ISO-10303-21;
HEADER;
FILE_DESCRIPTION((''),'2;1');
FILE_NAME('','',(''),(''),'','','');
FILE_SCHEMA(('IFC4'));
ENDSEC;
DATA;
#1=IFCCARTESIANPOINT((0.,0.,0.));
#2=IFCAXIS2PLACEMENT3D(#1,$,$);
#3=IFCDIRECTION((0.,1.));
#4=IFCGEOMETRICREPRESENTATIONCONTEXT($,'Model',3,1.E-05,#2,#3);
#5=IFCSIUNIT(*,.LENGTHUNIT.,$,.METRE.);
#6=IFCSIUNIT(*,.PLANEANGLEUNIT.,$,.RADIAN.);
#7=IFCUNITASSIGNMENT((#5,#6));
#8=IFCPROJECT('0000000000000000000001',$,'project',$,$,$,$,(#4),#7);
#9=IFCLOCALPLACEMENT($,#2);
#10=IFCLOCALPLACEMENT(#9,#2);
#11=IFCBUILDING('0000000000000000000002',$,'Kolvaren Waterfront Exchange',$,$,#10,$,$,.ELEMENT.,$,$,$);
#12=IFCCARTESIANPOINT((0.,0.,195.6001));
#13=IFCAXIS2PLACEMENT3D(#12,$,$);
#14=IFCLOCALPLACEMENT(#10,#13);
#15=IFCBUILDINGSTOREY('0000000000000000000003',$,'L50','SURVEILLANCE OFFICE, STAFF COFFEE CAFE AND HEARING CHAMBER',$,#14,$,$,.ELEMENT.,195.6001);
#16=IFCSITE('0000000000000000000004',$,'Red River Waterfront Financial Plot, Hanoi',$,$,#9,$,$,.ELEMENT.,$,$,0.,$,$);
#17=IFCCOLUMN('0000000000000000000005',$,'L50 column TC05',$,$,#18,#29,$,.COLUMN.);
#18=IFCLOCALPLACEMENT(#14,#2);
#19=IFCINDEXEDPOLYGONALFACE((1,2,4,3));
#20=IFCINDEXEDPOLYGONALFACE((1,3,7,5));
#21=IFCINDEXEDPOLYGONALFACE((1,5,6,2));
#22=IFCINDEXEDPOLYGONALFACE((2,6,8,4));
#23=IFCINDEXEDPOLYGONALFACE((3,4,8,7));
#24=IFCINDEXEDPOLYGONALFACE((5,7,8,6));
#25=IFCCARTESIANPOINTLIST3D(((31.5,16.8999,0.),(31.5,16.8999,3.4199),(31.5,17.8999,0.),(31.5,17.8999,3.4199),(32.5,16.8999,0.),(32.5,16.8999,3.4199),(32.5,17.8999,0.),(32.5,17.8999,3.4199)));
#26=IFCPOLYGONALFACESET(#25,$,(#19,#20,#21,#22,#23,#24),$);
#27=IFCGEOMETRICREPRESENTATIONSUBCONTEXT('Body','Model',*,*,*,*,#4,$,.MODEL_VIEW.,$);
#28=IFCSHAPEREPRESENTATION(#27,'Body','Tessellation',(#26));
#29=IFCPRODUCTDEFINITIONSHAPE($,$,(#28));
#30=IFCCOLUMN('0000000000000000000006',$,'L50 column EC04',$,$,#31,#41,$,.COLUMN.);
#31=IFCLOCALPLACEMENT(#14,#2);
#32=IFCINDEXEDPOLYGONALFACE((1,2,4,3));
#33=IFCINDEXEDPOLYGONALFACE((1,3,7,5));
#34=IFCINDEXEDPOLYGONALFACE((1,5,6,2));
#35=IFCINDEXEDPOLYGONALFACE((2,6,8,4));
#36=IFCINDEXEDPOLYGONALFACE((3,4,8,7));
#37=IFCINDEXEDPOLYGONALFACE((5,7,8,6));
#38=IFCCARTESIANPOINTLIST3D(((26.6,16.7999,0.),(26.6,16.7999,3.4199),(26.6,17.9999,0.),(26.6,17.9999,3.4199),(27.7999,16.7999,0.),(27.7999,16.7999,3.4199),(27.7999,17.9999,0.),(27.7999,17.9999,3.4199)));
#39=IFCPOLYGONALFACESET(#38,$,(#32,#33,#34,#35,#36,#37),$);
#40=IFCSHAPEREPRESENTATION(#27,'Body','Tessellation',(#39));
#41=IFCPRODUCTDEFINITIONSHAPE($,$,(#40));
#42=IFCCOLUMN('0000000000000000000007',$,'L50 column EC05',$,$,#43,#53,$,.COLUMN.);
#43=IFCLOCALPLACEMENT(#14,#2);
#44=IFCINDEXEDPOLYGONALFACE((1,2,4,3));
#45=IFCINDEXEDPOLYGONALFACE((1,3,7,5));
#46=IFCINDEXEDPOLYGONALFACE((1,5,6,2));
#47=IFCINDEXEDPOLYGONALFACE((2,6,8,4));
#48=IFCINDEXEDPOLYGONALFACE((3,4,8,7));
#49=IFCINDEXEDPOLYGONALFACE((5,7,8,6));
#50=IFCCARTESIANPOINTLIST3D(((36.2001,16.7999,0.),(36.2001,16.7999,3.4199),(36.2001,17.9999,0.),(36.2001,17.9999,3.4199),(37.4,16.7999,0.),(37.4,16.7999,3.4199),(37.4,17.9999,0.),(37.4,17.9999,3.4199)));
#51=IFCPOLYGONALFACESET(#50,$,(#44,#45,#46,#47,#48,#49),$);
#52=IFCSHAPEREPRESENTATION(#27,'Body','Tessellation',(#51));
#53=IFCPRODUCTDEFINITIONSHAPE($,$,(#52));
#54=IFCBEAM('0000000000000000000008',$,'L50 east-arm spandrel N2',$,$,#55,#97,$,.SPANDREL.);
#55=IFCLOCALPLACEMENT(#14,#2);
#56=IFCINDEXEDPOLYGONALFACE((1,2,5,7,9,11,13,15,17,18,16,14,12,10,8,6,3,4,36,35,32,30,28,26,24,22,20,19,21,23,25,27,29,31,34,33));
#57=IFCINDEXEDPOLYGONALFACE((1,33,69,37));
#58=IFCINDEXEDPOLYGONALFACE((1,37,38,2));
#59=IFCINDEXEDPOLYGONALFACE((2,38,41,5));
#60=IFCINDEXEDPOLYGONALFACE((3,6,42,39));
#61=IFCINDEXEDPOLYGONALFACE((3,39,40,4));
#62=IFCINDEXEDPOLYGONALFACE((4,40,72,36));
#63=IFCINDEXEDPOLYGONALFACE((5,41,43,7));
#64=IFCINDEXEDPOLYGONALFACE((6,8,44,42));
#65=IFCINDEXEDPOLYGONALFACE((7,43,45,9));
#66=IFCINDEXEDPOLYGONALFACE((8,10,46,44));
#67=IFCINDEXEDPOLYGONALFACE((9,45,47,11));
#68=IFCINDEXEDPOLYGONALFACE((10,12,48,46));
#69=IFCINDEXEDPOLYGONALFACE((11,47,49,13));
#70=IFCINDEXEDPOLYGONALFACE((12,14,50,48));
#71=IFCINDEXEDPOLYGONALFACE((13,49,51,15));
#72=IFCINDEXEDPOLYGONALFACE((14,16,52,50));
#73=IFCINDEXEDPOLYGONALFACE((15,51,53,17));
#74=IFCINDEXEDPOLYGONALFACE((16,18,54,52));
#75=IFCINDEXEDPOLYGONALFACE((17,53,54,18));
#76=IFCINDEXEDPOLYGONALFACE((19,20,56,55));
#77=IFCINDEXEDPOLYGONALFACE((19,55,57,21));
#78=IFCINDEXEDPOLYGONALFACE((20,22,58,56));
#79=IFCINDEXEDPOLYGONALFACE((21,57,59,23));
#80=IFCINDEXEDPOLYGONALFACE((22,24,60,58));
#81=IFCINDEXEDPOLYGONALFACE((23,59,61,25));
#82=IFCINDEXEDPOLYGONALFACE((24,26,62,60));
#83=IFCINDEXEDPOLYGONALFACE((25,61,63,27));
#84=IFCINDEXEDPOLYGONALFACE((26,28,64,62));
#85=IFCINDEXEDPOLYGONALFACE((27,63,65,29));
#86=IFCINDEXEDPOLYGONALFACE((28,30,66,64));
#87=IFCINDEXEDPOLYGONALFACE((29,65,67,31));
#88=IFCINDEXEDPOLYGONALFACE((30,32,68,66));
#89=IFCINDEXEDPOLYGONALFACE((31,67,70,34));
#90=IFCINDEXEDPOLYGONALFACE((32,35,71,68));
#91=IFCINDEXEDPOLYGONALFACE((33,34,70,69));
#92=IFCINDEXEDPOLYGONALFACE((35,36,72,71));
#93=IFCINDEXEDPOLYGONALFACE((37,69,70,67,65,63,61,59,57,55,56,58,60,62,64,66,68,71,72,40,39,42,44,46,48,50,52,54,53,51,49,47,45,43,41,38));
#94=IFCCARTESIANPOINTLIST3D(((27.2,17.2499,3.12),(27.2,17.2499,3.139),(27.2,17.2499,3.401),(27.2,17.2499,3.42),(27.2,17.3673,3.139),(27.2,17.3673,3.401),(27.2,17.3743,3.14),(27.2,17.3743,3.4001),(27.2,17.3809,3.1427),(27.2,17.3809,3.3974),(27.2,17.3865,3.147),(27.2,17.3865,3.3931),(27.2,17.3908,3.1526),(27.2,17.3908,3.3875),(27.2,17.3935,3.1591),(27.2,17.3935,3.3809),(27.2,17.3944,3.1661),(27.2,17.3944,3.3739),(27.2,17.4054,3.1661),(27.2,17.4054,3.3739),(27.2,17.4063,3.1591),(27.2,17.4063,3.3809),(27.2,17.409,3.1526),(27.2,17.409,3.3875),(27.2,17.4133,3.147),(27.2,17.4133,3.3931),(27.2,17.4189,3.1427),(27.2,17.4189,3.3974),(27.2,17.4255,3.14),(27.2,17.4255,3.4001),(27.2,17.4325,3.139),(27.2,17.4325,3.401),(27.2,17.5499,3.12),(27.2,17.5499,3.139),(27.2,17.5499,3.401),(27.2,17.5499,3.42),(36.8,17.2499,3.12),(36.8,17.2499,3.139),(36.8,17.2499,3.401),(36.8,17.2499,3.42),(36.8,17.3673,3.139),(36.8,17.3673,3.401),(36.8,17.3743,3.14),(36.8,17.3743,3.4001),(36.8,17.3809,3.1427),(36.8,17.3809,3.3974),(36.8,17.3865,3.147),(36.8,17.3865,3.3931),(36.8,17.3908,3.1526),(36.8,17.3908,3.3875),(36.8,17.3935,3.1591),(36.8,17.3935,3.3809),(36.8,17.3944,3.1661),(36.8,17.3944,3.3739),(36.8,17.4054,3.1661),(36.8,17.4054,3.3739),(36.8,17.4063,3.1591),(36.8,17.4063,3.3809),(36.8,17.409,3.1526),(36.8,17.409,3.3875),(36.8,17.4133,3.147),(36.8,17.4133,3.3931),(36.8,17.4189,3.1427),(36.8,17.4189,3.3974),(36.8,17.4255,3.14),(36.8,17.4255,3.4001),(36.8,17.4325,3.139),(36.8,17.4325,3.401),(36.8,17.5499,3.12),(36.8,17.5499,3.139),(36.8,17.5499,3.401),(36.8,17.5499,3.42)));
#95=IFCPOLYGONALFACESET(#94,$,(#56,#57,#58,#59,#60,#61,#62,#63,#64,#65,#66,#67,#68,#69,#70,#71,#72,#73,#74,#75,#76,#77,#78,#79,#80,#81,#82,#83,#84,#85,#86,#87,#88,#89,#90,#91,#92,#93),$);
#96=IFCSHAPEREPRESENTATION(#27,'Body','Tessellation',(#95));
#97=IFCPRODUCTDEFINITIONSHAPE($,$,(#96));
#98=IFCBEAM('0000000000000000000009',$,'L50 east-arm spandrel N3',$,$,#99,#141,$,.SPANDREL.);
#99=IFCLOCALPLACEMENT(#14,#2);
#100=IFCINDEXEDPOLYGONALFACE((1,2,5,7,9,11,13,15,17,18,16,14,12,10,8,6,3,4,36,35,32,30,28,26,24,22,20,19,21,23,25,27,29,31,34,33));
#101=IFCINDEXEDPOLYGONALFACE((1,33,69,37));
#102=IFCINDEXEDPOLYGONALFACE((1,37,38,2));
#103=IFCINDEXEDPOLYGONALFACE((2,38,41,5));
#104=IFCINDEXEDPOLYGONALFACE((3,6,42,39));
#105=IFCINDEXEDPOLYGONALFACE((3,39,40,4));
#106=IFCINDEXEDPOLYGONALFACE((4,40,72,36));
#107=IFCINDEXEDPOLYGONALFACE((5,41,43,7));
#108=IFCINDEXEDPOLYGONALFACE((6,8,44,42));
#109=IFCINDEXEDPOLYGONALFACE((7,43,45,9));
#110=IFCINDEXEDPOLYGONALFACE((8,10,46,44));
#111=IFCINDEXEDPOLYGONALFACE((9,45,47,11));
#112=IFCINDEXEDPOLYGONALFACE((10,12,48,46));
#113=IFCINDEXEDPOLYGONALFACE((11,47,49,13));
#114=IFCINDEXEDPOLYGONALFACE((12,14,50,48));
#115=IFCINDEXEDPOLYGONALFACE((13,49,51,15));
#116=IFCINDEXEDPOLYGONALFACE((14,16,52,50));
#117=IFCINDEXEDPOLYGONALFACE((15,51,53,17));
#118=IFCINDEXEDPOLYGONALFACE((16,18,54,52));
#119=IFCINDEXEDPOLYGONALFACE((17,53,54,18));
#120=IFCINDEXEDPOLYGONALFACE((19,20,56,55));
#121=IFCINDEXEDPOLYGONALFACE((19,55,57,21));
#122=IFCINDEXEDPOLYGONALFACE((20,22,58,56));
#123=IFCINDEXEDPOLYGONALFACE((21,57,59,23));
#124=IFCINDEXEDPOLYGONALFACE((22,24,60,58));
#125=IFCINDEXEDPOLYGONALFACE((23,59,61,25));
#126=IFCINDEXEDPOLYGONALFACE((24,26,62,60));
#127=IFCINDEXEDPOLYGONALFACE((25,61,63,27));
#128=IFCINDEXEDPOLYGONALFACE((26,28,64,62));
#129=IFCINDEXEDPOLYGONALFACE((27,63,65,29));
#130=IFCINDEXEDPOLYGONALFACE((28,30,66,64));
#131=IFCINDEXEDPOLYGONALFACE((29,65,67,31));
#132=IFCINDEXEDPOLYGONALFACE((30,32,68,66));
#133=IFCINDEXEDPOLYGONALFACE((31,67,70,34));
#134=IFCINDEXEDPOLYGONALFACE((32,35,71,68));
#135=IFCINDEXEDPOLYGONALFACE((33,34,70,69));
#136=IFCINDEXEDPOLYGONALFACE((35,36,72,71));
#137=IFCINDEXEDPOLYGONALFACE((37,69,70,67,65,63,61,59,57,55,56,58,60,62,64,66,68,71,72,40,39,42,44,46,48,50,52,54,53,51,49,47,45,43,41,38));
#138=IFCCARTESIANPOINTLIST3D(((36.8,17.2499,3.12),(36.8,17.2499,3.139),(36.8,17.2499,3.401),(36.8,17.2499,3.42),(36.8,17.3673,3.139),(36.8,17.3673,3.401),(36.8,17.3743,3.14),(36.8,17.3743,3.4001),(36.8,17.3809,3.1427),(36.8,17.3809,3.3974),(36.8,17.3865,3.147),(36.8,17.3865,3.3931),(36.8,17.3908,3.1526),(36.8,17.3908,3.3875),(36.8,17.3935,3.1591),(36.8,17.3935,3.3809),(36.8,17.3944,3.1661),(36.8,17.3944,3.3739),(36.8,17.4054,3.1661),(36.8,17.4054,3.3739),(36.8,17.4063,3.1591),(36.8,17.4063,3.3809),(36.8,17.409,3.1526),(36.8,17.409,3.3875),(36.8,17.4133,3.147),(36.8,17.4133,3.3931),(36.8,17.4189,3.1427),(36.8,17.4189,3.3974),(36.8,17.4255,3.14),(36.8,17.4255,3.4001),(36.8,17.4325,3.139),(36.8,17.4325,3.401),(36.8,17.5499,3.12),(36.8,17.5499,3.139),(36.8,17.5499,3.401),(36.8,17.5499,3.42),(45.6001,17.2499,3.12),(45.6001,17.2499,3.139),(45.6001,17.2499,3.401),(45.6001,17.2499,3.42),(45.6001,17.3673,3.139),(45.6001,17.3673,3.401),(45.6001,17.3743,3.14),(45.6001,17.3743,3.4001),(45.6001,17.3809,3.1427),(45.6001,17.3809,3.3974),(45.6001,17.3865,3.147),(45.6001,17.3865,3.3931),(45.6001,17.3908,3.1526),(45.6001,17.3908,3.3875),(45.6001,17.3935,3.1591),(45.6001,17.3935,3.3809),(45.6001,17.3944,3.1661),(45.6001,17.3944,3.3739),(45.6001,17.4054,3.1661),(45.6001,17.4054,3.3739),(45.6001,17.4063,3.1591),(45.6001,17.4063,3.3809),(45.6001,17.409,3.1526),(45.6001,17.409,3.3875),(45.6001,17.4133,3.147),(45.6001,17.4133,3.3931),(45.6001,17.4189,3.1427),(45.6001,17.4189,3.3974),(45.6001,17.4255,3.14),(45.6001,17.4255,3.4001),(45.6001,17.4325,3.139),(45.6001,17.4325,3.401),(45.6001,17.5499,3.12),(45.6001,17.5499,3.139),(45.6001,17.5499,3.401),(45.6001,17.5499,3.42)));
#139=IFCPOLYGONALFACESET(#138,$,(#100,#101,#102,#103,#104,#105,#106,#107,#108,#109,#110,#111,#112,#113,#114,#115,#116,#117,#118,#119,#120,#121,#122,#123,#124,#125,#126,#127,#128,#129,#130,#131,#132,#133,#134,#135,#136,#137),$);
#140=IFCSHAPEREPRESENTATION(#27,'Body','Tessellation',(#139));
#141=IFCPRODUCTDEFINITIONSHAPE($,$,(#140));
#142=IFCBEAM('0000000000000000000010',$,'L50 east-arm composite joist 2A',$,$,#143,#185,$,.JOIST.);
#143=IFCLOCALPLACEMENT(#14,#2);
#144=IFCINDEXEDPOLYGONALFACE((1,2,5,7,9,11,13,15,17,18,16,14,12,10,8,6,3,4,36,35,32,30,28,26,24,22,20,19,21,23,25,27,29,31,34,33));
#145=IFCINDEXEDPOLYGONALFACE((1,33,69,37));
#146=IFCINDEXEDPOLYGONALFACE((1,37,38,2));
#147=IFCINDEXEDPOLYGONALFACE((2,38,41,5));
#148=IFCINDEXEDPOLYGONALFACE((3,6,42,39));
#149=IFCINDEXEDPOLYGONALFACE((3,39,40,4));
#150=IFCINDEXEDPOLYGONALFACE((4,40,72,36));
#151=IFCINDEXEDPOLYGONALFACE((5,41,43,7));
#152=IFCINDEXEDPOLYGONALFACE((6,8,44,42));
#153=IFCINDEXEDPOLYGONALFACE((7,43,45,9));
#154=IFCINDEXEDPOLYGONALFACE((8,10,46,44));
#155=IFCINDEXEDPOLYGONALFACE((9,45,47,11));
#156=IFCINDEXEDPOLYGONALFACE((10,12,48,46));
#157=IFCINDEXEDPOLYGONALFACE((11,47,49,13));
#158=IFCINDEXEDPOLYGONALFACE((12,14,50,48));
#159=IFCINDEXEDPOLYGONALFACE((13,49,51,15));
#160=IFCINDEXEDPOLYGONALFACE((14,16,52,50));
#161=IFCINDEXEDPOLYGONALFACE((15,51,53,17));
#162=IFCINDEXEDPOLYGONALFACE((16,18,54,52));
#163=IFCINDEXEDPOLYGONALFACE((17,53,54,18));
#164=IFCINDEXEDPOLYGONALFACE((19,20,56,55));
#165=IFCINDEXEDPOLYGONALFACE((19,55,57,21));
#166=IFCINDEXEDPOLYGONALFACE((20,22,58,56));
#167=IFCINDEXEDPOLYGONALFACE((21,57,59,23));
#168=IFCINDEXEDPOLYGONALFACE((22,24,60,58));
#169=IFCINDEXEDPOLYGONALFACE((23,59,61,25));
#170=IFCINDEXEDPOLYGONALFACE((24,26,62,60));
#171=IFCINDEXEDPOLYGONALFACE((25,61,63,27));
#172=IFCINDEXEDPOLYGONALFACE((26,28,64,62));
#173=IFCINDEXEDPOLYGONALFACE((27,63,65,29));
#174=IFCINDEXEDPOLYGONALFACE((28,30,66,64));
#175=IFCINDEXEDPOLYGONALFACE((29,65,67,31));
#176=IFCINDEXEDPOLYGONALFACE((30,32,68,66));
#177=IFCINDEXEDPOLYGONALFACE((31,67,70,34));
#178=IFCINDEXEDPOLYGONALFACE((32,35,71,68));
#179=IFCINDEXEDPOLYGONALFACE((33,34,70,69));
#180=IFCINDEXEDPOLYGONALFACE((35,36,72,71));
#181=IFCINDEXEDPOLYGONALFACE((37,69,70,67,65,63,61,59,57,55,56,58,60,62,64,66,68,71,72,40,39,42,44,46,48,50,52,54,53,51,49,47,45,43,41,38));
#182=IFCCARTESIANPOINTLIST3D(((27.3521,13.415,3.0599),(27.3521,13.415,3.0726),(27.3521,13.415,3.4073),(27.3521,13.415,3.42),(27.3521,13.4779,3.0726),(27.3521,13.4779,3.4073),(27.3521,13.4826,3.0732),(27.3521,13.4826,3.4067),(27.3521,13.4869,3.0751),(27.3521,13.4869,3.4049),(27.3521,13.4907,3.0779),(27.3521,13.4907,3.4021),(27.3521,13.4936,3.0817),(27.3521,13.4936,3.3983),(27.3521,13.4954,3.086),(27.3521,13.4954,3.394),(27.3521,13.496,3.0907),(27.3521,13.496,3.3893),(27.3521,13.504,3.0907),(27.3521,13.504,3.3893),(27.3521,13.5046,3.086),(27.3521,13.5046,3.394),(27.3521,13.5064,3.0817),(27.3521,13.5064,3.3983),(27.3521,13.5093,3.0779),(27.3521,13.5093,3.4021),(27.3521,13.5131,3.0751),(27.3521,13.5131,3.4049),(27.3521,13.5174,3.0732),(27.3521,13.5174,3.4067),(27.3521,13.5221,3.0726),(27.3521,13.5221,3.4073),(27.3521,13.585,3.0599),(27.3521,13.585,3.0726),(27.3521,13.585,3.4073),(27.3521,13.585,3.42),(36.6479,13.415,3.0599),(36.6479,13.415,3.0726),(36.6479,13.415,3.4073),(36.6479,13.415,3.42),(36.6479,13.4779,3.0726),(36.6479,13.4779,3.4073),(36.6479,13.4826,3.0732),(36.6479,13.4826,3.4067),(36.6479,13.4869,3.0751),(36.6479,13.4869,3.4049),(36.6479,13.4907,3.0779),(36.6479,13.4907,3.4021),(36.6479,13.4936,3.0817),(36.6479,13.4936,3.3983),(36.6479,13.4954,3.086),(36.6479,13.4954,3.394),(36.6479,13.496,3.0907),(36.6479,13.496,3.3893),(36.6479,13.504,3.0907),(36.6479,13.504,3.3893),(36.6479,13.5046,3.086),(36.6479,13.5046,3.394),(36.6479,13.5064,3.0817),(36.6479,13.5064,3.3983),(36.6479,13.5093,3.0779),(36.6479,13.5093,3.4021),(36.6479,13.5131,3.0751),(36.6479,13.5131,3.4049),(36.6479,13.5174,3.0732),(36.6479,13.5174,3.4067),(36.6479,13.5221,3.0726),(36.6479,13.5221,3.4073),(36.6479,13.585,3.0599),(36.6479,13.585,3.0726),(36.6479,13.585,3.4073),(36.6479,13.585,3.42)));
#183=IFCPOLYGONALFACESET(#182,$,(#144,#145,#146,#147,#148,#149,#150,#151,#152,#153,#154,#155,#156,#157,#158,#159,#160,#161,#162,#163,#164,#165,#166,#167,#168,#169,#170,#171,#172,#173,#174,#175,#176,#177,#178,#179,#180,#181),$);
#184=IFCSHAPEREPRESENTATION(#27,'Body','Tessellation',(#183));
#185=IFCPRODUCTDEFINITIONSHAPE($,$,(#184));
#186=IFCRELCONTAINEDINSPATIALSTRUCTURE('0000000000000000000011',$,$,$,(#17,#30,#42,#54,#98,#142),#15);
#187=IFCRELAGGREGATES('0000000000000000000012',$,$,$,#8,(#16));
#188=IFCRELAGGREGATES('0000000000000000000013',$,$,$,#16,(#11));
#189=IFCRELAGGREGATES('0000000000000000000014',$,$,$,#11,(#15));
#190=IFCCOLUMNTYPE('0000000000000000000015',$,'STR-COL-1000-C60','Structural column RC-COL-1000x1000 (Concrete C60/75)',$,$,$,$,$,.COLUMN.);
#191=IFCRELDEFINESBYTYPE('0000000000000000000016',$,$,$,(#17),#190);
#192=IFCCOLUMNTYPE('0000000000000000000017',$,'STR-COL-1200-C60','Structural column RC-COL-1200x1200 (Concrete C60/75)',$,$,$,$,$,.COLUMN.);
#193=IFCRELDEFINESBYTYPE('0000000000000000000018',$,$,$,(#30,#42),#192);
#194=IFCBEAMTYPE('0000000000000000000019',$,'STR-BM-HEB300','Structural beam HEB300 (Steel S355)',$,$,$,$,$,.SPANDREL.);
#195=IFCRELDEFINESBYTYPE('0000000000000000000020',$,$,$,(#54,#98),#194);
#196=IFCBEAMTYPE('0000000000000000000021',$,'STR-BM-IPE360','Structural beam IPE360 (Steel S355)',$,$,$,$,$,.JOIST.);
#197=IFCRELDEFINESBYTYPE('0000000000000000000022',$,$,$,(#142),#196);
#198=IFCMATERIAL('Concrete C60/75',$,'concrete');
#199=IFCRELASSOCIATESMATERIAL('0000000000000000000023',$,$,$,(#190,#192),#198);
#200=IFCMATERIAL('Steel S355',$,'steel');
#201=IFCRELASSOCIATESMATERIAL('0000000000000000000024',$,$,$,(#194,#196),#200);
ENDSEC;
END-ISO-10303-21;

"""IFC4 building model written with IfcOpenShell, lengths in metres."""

from ifc_helpers import new_model, si_unit, direction, frame, origin, origin_2d, place, context, subcontext, project, spatial, rectangle, i_section, extrude, material, material_profile, profile_set, type_object, element, save


model = new_model("IFC4")

# Units and contexts
model_context = context("Model", 3, precision=1e-05, world=origin(), true_north=direction((0.0, 1.0)))
body_context = subcontext(model_context, "Body", "Model", "MODEL_VIEW")
ifc_project = project(units=[si_unit("LENGTHUNIT", "METRE"), si_unit("PLANEANGLEUNIT", "RADIAN")], contexts=[model_context])

# Site, building, storey
site_placement = place(None, origin())
site = spatial("IfcSite", under=ifc_project, at=site_placement, Name="Red River Waterfront Financial Plot, Hanoi", CompositionType="ELEMENT", RefElevation=0.0)
building_placement = place(site_placement, origin())
building = spatial("IfcBuilding", under=site, at=building_placement, Name="Kolvaren Waterfront Exchange", CompositionType="ELEMENT")
storey_placement = place(building_placement, frame((0.0, 0.0, 195.6001)))
storey = spatial("IfcBuildingStorey", under=building, at=storey_placement, Name="L50", Description="SURVEILLANCE OFFICE, STAFF COFFEE CAFE AND HEARING CHAMBER", CompositionType="ELEMENT", Elevation=195.6001)

# Columns
ifc_material_1 = material(Name="Concrete C60/75", Category="concrete")
ifc_material_profile_1 = material_profile(ifc_material_1, rectangle(XDim=1.0, YDim=1.0, at=origin_2d()), Name="RC-COL-1000x1000")
ifc_profile_set_1 = profile_set([ifc_material_profile_1], Name="Concrete C60/75")
column_type_1 = type_object("IfcColumnType", Name="STR-COL-1000-C60", Description="Structural column RC-COL-1000x1000 (Concrete C60/75)", PredefinedType="COLUMN", material=ifc_profile_set_1)
column_placement = place(storey_placement, frame((32.0, 17.3999, 0.0), z_axis=(0.0, 0.0, 1.0), x_axis=(1.0, 0.0, 0.0)))
element("IfcColumn", 1, at=column_placement, inside=storey, type_object=column_type_1, Name="L50 column TC05", PredefinedType="COLUMN", context=body_context, shape_type="SweptSolid", body=[
    extrude(rectangle(XDim=1.0, YDim=1.0, at=origin_2d()), origin(), (0.0, 0.0, 1.0), 3.4199),
])
ifc_material_profile_2 = material_profile(ifc_material_1, rectangle(XDim=1.2, YDim=1.2, at=origin_2d()), Name="RC-COL-1200x1200")
ifc_profile_set_2 = profile_set([ifc_material_profile_2], Name="Concrete C60/75")
column_type_2 = type_object("IfcColumnType", Name="STR-COL-1200-C60", Description="Structural column RC-COL-1200x1200 (Concrete C60/75)", PredefinedType="COLUMN", material=ifc_profile_set_2)
for number, where, z_axis, x_axis, name in (
    (2, (27.2, 17.3999, 0.0), (0.0, 0.0, 1.0), (1.0, 0.0, 0.0), "L50 column EC04"),
    (3, (36.8, 17.3999, 0.0), (0.0, 0.0, 1.0), (1.0, 0.0, 0.0), "L50 column EC05"),
):
    element("IfcColumn", number, at=place(storey_placement, frame(where, z_axis=z_axis, x_axis=x_axis)), inside=storey, type_object=column_type_2, Name=name, PredefinedType="COLUMN", context=body_context, shape_type="SweptSolid", body=[
        extrude(rectangle(XDim=1.2, YDim=1.2, at=origin_2d()), origin(), (0.0, 0.0, 1.0), 3.4199),
    ])

# Beams
ifc_material_2 = material(Name="Steel S355", Category="steel")
ifc_material_profile_3 = material_profile(ifc_material_2, i_section(OverallWidth=0.3, OverallDepth=0.3, WebThickness=0.011, FlangeThickness=0.019, FilletRadius=0.0271, at=origin_2d()), Name="HEB300")
ifc_profile_set_3 = profile_set([ifc_material_profile_3], Name="Steel S355")
beam_type_1 = type_object("IfcBeamType", Name="STR-BM-HEB300", Description="Structural beam HEB300 (Steel S355)", PredefinedType="SPANDREL", material=ifc_profile_set_3)
beam_1_placement = place(storey_placement, frame((27.2, 17.3999, 3.27), z_axis=(1.0, 0.0, 0.0), x_axis=(0.0, 1.0, 0.0)))
element("IfcBeam", 4, at=beam_1_placement, inside=storey, type_object=beam_type_1, Name="L50 east-arm spandrel N2", PredefinedType="SPANDREL", context=body_context, shape_type="SweptSolid", body=[
    extrude(i_section(OverallWidth=0.3, OverallDepth=0.3, WebThickness=0.011, FlangeThickness=0.019, FilletRadius=0.0271, at=origin_2d()), origin(), (0.0, 0.0, 1.0), 9.6001),
])
beam_2_placement = place(storey_placement, frame((36.8, 17.3999, 3.27), z_axis=(1.0, 0.0, 0.0), x_axis=(0.0, 1.0, 0.0)))
element("IfcBeam", 5, at=beam_2_placement, inside=storey, type_object=beam_type_1, Name="L50 east-arm spandrel N3", PredefinedType="SPANDREL", context=body_context, shape_type="SweptSolid", body=[
    extrude(i_section(OverallWidth=0.3, OverallDepth=0.3, WebThickness=0.011, FlangeThickness=0.019, FilletRadius=0.0271, at=origin_2d()), origin(), (0.0, 0.0, 1.0), 8.8),
])
ifc_material_profile_4 = material_profile(ifc_material_2, i_section(OverallWidth=0.1699, OverallDepth=0.3601, WebThickness=0.0081, FlangeThickness=0.0127, FilletRadius=0.0181, at=origin_2d()), Name="IPE360")
ifc_profile_set_4 = profile_set([ifc_material_profile_4], Name="Steel S355")
beam_type_2 = type_object("IfcBeamType", Name="STR-BM-IPE360", Description="Structural beam IPE360 (Steel S355)", PredefinedType="JOIST", material=ifc_profile_set_4)
for number, where, z_axis, x_axis, name in (
    (6, (27.3521, 13.5, 3.24), (1.0, 0.0, 0.0), (0.0, 1.0, 0.0), "L50 east-arm composite joist 2A"),
):
    element("IfcBeam", number, at=place(storey_placement, frame(where, z_axis=z_axis, x_axis=x_axis)), inside=storey, type_object=beam_type_2, Name=name, PredefinedType="JOIST", context=body_context, shape_type="SweptSolid", body=[
        extrude(i_section(OverallWidth=0.1699, OverallDepth=0.3601, WebThickness=0.0081, FlangeThickness=0.0127, FilletRadius=0.0181, at=origin_2d()), origin(), (0.0, 0.0, 1.0), 9.2959),
    ])

save(model, "model.ifc")
